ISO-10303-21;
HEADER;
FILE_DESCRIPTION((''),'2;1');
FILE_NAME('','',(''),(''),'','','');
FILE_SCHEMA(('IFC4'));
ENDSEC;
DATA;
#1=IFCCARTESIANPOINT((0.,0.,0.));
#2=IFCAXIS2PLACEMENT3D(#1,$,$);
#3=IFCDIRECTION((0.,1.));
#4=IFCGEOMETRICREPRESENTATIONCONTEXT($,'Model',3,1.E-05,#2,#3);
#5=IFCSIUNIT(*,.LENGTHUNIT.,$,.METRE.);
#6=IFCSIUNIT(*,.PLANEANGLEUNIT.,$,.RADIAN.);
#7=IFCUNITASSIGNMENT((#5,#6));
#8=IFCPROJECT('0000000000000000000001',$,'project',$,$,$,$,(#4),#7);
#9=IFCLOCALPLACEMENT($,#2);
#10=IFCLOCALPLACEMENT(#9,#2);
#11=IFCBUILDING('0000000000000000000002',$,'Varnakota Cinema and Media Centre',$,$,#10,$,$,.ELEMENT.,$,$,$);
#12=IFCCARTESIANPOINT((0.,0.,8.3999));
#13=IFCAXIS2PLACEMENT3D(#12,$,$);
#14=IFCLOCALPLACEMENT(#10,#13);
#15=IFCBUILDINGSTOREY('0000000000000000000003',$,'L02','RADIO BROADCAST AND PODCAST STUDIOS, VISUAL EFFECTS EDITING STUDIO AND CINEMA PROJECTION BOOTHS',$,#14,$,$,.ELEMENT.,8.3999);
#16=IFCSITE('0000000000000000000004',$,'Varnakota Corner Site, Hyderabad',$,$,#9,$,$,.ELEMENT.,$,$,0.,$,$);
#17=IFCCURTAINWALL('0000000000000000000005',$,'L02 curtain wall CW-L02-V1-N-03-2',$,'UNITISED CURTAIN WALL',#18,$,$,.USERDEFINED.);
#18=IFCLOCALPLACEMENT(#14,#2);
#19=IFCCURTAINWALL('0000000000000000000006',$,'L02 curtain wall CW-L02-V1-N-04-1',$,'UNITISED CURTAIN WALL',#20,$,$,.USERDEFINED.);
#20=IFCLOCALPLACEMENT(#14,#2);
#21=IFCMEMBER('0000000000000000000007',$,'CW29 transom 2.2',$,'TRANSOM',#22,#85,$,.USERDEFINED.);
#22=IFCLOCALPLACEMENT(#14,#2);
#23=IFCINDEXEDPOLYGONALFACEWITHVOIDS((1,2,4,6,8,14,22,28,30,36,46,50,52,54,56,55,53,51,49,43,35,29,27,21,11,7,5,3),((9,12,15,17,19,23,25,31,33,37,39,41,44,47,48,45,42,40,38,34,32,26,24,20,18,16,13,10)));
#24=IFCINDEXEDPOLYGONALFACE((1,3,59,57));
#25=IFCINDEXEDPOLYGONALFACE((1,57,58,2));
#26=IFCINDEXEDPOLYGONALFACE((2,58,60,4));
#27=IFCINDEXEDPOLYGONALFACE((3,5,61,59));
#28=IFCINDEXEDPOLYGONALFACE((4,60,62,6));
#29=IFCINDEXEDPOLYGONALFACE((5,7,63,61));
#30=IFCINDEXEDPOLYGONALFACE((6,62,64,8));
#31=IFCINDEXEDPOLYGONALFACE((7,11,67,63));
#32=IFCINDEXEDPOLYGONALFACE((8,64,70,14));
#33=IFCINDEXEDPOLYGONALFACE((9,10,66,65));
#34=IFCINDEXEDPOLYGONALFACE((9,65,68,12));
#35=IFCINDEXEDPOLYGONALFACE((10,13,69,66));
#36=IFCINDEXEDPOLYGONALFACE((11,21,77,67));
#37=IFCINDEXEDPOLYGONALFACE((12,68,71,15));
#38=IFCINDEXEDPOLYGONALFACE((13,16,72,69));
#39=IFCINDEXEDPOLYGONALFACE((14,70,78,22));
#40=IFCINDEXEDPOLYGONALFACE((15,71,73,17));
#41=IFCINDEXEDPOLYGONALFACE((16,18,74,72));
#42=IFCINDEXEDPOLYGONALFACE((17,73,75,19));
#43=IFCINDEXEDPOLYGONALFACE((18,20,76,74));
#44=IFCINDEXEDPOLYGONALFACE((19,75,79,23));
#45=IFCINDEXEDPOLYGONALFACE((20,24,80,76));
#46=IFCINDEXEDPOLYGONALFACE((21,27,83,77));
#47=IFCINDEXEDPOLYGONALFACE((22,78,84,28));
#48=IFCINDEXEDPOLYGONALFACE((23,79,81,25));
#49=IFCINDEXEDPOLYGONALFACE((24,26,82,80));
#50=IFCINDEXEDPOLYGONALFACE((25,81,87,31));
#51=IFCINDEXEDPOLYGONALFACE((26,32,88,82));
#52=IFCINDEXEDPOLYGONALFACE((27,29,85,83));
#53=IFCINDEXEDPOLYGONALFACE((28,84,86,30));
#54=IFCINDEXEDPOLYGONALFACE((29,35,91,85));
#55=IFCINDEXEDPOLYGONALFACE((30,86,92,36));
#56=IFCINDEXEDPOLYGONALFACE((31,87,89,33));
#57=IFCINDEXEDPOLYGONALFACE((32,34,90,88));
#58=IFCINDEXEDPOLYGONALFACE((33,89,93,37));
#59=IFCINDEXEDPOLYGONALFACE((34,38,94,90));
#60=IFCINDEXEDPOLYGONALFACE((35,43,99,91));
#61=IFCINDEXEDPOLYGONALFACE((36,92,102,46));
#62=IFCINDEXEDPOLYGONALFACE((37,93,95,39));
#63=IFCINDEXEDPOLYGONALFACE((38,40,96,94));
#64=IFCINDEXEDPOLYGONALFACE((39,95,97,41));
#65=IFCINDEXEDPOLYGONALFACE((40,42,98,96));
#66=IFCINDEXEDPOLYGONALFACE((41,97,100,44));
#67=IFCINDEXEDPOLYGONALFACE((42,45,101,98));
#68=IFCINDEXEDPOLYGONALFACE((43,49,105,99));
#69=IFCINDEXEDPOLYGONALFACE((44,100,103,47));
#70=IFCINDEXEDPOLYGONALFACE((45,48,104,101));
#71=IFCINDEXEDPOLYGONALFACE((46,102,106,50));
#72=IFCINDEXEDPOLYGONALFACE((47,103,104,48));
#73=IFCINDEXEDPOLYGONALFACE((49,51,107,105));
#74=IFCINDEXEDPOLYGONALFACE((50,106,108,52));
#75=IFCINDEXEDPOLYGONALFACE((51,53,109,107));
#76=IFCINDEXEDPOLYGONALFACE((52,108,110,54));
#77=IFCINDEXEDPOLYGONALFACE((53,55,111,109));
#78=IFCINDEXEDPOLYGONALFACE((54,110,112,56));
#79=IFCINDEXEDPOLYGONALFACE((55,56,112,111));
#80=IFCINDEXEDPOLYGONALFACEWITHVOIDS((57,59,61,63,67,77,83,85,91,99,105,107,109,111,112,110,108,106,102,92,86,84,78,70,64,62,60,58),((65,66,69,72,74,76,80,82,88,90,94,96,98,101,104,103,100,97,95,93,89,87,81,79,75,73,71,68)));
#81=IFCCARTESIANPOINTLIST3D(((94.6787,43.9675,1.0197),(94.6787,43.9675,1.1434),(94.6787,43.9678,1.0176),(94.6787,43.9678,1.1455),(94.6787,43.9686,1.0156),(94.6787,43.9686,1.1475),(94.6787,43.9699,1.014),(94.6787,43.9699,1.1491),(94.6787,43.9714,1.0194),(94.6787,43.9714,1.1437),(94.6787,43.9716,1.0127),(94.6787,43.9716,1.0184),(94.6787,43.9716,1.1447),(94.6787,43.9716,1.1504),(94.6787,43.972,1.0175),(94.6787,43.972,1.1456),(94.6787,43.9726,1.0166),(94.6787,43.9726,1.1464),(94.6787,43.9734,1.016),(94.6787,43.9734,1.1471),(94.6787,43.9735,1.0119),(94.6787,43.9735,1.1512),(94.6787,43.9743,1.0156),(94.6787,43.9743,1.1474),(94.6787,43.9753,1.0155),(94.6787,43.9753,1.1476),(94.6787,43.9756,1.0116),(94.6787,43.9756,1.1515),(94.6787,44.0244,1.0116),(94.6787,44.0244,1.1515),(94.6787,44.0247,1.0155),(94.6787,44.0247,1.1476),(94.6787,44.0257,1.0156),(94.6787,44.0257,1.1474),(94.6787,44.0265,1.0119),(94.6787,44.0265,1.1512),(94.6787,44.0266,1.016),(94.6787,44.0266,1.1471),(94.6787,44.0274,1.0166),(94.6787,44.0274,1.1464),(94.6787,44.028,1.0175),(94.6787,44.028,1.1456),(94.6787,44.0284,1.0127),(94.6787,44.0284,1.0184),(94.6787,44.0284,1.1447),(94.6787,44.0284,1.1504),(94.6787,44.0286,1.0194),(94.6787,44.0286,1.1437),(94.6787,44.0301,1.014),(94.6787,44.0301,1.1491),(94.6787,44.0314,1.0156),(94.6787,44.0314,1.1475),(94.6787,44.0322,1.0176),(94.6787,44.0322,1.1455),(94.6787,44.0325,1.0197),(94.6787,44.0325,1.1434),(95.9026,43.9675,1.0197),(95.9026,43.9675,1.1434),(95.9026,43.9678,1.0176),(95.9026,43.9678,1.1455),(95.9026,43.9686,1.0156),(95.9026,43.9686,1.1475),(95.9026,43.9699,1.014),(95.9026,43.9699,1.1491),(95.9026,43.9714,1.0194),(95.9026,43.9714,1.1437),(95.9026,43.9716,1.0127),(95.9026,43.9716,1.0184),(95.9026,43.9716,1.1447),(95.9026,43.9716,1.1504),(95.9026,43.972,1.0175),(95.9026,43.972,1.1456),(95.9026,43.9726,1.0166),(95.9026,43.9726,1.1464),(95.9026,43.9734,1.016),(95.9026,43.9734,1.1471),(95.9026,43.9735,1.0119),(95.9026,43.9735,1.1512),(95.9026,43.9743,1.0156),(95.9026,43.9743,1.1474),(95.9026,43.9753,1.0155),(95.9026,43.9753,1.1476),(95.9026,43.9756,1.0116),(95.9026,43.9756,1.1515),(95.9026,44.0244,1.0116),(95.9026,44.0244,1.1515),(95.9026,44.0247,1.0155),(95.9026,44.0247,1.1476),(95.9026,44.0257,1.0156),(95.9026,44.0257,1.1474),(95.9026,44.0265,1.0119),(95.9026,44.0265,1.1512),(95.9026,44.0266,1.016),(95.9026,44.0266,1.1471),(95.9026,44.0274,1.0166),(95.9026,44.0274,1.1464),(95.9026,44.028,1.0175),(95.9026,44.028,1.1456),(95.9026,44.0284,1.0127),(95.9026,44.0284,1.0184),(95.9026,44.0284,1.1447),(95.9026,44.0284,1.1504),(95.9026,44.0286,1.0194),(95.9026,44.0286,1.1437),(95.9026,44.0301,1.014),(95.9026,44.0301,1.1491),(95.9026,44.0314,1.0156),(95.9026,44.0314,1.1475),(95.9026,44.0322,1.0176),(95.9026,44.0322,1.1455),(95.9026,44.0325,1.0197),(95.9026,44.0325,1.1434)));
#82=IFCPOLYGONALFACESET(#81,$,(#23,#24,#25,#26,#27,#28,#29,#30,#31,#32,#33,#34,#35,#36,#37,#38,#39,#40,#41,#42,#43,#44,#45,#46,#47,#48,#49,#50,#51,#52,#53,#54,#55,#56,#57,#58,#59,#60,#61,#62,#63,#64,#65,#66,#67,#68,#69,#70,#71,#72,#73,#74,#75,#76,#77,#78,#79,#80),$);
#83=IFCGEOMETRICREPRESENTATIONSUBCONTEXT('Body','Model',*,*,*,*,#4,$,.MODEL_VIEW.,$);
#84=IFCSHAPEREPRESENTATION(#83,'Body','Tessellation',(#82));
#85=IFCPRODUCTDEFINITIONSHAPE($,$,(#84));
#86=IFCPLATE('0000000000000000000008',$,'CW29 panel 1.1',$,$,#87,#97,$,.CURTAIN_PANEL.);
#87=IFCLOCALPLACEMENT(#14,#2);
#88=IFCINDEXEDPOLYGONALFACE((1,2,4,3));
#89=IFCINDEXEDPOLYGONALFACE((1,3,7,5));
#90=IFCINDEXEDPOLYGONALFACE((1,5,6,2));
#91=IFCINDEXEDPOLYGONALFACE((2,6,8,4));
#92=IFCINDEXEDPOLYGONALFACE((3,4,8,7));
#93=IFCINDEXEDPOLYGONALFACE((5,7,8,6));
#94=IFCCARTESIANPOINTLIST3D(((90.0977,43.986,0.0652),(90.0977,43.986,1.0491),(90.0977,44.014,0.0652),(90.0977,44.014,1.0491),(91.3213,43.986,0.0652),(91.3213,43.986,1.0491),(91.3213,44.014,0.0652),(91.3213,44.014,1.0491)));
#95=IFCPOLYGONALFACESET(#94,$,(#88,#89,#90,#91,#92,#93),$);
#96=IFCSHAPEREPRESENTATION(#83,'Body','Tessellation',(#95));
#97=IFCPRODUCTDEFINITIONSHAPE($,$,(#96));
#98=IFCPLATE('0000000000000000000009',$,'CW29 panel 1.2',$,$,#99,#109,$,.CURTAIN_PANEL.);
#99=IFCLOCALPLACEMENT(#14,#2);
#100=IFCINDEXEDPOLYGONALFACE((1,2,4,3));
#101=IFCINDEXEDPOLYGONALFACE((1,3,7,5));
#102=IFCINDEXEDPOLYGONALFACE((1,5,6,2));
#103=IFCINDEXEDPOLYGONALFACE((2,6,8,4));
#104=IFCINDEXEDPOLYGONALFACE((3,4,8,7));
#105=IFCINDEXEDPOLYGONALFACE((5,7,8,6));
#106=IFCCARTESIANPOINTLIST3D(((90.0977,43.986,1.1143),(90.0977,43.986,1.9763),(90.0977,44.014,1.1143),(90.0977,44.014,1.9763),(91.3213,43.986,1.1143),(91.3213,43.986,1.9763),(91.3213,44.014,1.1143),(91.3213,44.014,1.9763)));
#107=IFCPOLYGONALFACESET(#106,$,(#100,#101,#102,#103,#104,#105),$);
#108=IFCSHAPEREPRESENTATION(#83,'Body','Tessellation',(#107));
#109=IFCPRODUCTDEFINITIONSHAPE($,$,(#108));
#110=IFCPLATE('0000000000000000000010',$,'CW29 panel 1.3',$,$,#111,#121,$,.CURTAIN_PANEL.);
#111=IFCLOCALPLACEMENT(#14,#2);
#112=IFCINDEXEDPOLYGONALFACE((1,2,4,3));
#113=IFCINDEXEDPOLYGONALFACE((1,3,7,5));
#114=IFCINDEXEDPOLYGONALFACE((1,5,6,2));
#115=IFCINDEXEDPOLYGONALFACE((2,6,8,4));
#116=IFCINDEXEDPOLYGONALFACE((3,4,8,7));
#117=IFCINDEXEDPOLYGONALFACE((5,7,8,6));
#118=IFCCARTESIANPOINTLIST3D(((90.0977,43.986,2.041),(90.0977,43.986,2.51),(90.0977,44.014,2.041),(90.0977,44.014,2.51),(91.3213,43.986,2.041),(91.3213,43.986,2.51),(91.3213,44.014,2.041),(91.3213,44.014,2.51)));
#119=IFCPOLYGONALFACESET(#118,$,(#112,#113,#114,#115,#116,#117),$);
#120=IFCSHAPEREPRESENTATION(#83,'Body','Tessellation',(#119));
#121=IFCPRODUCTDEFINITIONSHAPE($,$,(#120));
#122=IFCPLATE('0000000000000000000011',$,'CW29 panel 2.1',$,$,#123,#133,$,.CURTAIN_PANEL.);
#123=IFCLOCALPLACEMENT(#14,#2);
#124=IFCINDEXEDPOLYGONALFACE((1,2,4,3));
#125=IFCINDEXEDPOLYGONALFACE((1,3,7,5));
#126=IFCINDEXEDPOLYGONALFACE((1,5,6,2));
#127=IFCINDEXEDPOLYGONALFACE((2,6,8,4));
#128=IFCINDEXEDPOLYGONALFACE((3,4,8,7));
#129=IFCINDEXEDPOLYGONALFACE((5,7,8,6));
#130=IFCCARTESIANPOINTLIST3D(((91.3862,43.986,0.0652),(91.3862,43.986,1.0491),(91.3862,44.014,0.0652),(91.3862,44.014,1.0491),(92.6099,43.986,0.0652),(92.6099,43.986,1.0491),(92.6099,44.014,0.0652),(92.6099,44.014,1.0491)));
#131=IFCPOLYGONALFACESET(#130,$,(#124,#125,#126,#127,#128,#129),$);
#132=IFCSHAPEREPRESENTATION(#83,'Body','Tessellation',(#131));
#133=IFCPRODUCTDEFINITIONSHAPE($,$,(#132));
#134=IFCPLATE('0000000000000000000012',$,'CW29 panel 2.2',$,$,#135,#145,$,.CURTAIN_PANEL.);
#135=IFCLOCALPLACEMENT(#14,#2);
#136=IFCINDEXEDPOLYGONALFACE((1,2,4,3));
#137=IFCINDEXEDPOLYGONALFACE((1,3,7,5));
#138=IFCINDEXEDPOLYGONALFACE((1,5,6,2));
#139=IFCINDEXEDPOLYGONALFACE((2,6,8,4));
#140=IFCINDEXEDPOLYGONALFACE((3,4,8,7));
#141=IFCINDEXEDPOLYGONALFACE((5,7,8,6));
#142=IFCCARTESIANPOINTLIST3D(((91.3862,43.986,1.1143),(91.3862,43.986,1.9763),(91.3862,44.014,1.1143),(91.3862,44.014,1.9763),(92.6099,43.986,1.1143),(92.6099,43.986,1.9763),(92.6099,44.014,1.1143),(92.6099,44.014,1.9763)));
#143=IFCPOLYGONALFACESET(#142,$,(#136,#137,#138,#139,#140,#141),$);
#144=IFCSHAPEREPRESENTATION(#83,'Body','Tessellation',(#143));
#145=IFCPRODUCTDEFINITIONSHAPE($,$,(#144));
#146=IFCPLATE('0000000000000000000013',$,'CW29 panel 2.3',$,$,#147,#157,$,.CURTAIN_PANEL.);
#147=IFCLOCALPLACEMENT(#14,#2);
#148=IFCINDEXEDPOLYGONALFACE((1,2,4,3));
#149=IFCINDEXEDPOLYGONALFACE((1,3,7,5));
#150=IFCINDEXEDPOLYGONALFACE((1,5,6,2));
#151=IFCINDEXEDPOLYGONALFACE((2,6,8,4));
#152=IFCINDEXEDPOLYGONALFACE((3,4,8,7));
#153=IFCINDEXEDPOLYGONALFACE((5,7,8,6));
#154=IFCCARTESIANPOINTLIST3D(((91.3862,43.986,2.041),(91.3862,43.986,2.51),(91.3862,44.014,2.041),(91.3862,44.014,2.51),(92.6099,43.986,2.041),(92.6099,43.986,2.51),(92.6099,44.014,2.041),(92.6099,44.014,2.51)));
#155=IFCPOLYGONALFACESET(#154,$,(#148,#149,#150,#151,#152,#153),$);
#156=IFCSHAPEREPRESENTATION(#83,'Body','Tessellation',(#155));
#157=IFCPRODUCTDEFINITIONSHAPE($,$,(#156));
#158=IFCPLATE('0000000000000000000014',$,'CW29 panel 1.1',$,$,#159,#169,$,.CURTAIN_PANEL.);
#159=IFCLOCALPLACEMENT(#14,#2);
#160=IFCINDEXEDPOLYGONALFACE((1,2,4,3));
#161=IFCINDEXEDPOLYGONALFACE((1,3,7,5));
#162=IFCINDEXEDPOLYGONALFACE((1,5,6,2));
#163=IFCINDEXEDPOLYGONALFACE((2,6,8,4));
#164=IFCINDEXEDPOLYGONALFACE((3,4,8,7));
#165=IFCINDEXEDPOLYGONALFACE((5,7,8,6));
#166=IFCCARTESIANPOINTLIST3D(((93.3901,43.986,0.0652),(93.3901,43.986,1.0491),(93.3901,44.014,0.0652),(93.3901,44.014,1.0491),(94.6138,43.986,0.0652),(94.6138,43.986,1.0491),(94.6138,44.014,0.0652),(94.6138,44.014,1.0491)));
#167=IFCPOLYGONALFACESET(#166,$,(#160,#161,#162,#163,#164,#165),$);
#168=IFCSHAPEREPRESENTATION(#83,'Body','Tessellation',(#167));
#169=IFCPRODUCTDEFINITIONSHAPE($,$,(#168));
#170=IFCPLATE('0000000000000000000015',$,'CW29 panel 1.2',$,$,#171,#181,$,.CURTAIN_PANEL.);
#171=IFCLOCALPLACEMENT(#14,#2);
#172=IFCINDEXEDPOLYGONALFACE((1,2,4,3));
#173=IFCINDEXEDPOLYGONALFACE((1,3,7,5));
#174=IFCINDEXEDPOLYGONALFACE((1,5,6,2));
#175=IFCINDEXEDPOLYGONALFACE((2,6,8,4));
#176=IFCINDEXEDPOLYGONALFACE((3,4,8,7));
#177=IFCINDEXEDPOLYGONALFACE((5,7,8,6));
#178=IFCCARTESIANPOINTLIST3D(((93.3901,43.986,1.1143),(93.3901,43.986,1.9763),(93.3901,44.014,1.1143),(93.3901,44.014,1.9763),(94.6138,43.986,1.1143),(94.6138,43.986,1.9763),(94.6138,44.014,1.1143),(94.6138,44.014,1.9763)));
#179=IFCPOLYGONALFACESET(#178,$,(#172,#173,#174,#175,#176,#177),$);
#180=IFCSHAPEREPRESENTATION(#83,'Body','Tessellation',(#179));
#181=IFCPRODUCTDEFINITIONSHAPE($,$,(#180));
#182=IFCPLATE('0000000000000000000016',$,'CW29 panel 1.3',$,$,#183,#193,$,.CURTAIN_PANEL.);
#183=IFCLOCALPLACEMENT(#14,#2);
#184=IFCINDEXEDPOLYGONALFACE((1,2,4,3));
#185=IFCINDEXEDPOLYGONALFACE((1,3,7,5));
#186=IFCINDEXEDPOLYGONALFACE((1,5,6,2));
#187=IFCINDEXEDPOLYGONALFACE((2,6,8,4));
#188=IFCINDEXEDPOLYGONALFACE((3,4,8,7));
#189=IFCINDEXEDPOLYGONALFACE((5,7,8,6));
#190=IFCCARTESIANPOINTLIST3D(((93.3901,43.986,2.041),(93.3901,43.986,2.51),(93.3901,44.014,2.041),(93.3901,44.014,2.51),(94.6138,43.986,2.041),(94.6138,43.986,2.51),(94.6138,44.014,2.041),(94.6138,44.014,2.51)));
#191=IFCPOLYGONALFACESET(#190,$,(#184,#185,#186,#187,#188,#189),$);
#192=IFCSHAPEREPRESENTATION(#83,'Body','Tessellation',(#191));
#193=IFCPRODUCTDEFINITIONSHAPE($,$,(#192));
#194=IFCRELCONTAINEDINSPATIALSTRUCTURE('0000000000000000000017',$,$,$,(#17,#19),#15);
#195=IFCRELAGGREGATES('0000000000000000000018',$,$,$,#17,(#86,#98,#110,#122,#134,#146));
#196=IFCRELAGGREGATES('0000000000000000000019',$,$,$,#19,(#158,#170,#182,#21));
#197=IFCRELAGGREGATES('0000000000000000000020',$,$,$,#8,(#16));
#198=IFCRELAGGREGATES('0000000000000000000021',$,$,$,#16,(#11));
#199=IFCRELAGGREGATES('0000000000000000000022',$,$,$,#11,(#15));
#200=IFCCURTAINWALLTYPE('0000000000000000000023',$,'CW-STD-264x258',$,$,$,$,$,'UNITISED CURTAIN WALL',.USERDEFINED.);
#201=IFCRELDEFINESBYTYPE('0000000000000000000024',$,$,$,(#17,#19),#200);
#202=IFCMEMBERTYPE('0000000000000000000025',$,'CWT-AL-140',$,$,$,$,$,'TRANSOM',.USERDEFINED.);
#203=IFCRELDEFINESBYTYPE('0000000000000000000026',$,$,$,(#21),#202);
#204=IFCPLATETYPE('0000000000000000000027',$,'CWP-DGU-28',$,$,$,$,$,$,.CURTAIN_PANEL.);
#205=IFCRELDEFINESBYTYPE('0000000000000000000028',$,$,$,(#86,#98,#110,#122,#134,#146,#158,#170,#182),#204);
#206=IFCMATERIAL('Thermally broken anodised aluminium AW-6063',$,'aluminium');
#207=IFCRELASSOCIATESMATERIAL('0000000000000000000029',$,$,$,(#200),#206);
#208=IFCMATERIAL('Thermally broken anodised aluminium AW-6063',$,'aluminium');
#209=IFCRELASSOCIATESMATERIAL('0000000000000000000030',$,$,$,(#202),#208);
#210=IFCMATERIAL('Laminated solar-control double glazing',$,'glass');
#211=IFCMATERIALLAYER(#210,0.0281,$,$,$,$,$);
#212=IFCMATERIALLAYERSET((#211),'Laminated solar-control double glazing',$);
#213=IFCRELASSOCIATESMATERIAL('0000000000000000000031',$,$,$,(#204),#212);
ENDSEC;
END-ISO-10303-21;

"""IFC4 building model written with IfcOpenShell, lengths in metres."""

from ifc_helpers import new_model, si_unit, direction, frame, origin, origin_2d, place, context, subcontext, project, spatial, rectangle, hollow_rectangle, extrude, material, layer, layer_set, material_profile, profile_set, type_object, element, aggregate, save


model = new_model("IFC4")

# Units and contexts
model_context = context("Model", 3, precision=1e-05, world=origin(), true_north=direction((0.0, 1.0)))
body_context = subcontext(model_context, "Body", "Model", "MODEL_VIEW")
ifc_project = project(units=[si_unit("LENGTHUNIT", "METRE"), si_unit("PLANEANGLEUNIT", "RADIAN")], contexts=[model_context])

# Site, building, storey
site_placement = place(None, origin())
site = spatial("IfcSite", under=ifc_project, at=site_placement, Name="Varnakota Corner Site, Hyderabad", CompositionType="ELEMENT", RefElevation=0.0)
building_placement = place(site_placement, origin())
building = spatial("IfcBuilding", under=site, at=building_placement, Name="Varnakota Cinema and Media Centre", CompositionType="ELEMENT")
storey_placement = place(building_placement, frame((0.0, 0.0, 8.3999)))
storey = spatial("IfcBuildingStorey", under=building, at=storey_placement, Name="L02", Description="RADIO BROADCAST AND PODCAST STUDIOS, VISUAL EFFECTS EDITING STUDIO AND CINEMA PROJECTION BOOTHS", CompositionType="ELEMENT", Elevation=8.3999)

# Curtain walls
ifc_material_1 = material(Name="Thermally broken anodised aluminium AW-6063", Category="aluminium")
curtain_wall_type = type_object("IfcCurtainWallType", Name="CW-STD-264x258", ElementType="UNITISED CURTAIN WALL", PredefinedType="USERDEFINED", material=ifc_material_1)
curtain_wall_1_placement = place(storey_placement, origin())
curtain_wall_1 = element("IfcCurtainWall", 1, at=curtain_wall_1_placement, inside=storey, type_object=curtain_wall_type, Name="L02 curtain wall CW-L02-V1-N-03-2", ObjectType="UNITISED CURTAIN WALL", PredefinedType="USERDEFINED")
curtain_wall_2_placement = place(storey_placement, origin())
curtain_wall_2 = element("IfcCurtainWall", 2, at=curtain_wall_2_placement, inside=storey, type_object=curtain_wall_type, Name="L02 curtain wall CW-L02-V1-N-04-1", ObjectType="UNITISED CURTAIN WALL", PredefinedType="USERDEFINED")

# Member
ifc_material_2 = material(Name="Thermally broken anodised aluminium AW-6063", Category="aluminium")
ifc_material_profile_1 = material_profile(ifc_material_2, hollow_rectangle(XDim=0.0649, YDim=0.1399, WallThickness=0.0039, InnerFilletRadius=0.0039, OuterFilletRadius=0.0081, at=origin_2d()), Name="AL-TRANSOM 140x65x4")
ifc_profile_set_1 = profile_set([ifc_material_profile_1], Name="Thermally broken anodised aluminium AW-6063")
member_type_1 = type_object("IfcMemberType", Name="CWT-AL-140", ElementType="TRANSOM", PredefinedType="USERDEFINED", material=ifc_profile_set_1)
member_1_placement = place(storey_placement, frame((94.6787, 44.0, 1.0815), z_axis=(1.0, 0.0, 0.0), x_axis=(0.0, 1.0, 0.0)))
member_1 = element("IfcMember", 3, at=member_1_placement, type_object=member_type_1, Name="CW29 transom 2.2", ObjectType="TRANSOM", PredefinedType="USERDEFINED", context=body_context, shape_type="SweptSolid", body=[
    extrude(hollow_rectangle(XDim=0.0649, YDim=0.1399, WallThickness=0.0039, InnerFilletRadius=0.0039, OuterFilletRadius=0.0081, at=origin_2d()), origin(), (0.0, 0.0, 1.0), 1.2239),
])

# Plates
ifc_material_3 = material(Name="Laminated solar-control double glazing", Category="glass")
ifc_layer = layer(ifc_material_3, 0.0281)
ifc_layer_set = layer_set([ifc_layer], Name="Laminated solar-control double glazing")
plate_type = type_object("IfcPlateType", Name="CWP-DGU-28", PredefinedType="CURTAIN_PANEL", material=ifc_layer_set)
plate_1_placement = place(storey_placement, frame((90.7095, 44.0, 0.0652), z_axis=(0.0, 0.0, 1.0), x_axis=(1.0, 0.0, 0.0)))
plate_1 = element("IfcPlate", 4, at=plate_1_placement, type_object=plate_type, Name="CW29 panel 1.1", PredefinedType="CURTAIN_PANEL", context=body_context, shape_type="SweptSolid", body=[
    extrude(rectangle(XDim=1.2236, YDim=0.0281, at=origin_2d()), origin(), (0.0, 0.0, 1.0), 0.9839),
])
plate_2_placement = place(storey_placement, frame((90.7095, 44.0, 1.1143), z_axis=(0.0, 0.0, 1.0), x_axis=(1.0, 0.0, 0.0)))
plate_2 = element("IfcPlate", 5, at=plate_2_placement, type_object=plate_type, Name="CW29 panel 1.2", PredefinedType="CURTAIN_PANEL", context=body_context, shape_type="SweptSolid", body=[
    extrude(rectangle(XDim=1.2236, YDim=0.0281, at=origin_2d()), origin(), (0.0, 0.0, 1.0), 0.8621),
])
plate_3_placement = place(storey_placement, frame((90.7095, 44.0, 2.041), z_axis=(0.0, 0.0, 1.0), x_axis=(1.0, 0.0, 0.0)))
plate_3 = element("IfcPlate", 6, at=plate_3_placement, type_object=plate_type, Name="CW29 panel 1.3", PredefinedType="CURTAIN_PANEL", context=body_context, shape_type="SweptSolid", body=[
    extrude(rectangle(XDim=1.2236, YDim=0.0281, at=origin_2d()), origin(), (0.0, 0.0, 1.0), 0.469),
])
plate_4_placement = place(storey_placement, frame((91.998, 44.0, 0.0652), z_axis=(0.0, 0.0, 1.0), x_axis=(1.0, 0.0, 0.0)))
plate_4 = element("IfcPlate", 7, at=plate_4_placement, type_object=plate_type, Name="CW29 panel 2.1", PredefinedType="CURTAIN_PANEL", context=body_context, shape_type="SweptSolid", body=[
    extrude(rectangle(XDim=1.2236, YDim=0.0281, at=origin_2d()), origin(), (0.0, 0.0, 1.0), 0.9839),
])
plate_5_placement = place(storey_placement, frame((91.998, 44.0, 1.1143), z_axis=(0.0, 0.0, 1.0), x_axis=(1.0, 0.0, 0.0)))
plate_5 = element("IfcPlate", 8, at=plate_5_placement, type_object=plate_type, Name="CW29 panel 2.2", PredefinedType="CURTAIN_PANEL", context=body_context, shape_type="SweptSolid", body=[
    extrude(rectangle(XDim=1.2236, YDim=0.0281, at=origin_2d()), origin(), (0.0, 0.0, 1.0), 0.8621),
])
plate_6_placement = place(storey_placement, frame((91.998, 44.0, 2.041), z_axis=(0.0, 0.0, 1.0), x_axis=(1.0, 0.0, 0.0)))
plate_6 = element("IfcPlate", 9, at=plate_6_placement, type_object=plate_type, Name="CW29 panel 2.3", PredefinedType="CURTAIN_PANEL", context=body_context, shape_type="SweptSolid", body=[
    extrude(rectangle(XDim=1.2236, YDim=0.0281, at=origin_2d()), origin(), (0.0, 0.0, 1.0), 0.469),
])
aggregate(curtain_wall_1, [plate_1, plate_2, plate_3, plate_4, plate_5, plate_6])
plate_7_placement = place(storey_placement, frame((94.002, 44.0, 0.0652), z_axis=(0.0, 0.0, 1.0), x_axis=(1.0, 0.0, 0.0)))
plate_7 = element("IfcPlate", 10, at=plate_7_placement, type_object=plate_type, Name="CW29 panel 1.1", PredefinedType="CURTAIN_PANEL", context=body_context, shape_type="SweptSolid", body=[
    extrude(rectangle(XDim=1.2236, YDim=0.0281, at=origin_2d()), origin(), (0.0, 0.0, 1.0), 0.9839),
])
plate_8_placement = place(storey_placement, frame((94.002, 44.0, 1.1143), z_axis=(0.0, 0.0, 1.0), x_axis=(1.0, 0.0, 0.0)))
plate_8 = element("IfcPlate", 11, at=plate_8_placement, type_object=plate_type, Name="CW29 panel 1.2", PredefinedType="CURTAIN_PANEL", context=body_context, shape_type="SweptSolid", body=[
    extrude(rectangle(XDim=1.2236, YDim=0.0281, at=origin_2d()), origin(), (0.0, 0.0, 1.0), 0.8621),
])
plate_9_placement = place(storey_placement, frame((94.002, 44.0, 2.041), z_axis=(0.0, 0.0, 1.0), x_axis=(1.0, 0.0, 0.0)))
plate_9 = element("IfcPlate", 12, at=plate_9_placement, type_object=plate_type, Name="CW29 panel 1.3", PredefinedType="CURTAIN_PANEL", context=body_context, shape_type="SweptSolid", body=[
    extrude(rectangle(XDim=1.2236, YDim=0.0281, at=origin_2d()), origin(), (0.0, 0.0, 1.0), 0.469),
])
aggregate(curtain_wall_2, [plate_7, plate_8, plate_9, member_1])

save(model, "model.ifc")
